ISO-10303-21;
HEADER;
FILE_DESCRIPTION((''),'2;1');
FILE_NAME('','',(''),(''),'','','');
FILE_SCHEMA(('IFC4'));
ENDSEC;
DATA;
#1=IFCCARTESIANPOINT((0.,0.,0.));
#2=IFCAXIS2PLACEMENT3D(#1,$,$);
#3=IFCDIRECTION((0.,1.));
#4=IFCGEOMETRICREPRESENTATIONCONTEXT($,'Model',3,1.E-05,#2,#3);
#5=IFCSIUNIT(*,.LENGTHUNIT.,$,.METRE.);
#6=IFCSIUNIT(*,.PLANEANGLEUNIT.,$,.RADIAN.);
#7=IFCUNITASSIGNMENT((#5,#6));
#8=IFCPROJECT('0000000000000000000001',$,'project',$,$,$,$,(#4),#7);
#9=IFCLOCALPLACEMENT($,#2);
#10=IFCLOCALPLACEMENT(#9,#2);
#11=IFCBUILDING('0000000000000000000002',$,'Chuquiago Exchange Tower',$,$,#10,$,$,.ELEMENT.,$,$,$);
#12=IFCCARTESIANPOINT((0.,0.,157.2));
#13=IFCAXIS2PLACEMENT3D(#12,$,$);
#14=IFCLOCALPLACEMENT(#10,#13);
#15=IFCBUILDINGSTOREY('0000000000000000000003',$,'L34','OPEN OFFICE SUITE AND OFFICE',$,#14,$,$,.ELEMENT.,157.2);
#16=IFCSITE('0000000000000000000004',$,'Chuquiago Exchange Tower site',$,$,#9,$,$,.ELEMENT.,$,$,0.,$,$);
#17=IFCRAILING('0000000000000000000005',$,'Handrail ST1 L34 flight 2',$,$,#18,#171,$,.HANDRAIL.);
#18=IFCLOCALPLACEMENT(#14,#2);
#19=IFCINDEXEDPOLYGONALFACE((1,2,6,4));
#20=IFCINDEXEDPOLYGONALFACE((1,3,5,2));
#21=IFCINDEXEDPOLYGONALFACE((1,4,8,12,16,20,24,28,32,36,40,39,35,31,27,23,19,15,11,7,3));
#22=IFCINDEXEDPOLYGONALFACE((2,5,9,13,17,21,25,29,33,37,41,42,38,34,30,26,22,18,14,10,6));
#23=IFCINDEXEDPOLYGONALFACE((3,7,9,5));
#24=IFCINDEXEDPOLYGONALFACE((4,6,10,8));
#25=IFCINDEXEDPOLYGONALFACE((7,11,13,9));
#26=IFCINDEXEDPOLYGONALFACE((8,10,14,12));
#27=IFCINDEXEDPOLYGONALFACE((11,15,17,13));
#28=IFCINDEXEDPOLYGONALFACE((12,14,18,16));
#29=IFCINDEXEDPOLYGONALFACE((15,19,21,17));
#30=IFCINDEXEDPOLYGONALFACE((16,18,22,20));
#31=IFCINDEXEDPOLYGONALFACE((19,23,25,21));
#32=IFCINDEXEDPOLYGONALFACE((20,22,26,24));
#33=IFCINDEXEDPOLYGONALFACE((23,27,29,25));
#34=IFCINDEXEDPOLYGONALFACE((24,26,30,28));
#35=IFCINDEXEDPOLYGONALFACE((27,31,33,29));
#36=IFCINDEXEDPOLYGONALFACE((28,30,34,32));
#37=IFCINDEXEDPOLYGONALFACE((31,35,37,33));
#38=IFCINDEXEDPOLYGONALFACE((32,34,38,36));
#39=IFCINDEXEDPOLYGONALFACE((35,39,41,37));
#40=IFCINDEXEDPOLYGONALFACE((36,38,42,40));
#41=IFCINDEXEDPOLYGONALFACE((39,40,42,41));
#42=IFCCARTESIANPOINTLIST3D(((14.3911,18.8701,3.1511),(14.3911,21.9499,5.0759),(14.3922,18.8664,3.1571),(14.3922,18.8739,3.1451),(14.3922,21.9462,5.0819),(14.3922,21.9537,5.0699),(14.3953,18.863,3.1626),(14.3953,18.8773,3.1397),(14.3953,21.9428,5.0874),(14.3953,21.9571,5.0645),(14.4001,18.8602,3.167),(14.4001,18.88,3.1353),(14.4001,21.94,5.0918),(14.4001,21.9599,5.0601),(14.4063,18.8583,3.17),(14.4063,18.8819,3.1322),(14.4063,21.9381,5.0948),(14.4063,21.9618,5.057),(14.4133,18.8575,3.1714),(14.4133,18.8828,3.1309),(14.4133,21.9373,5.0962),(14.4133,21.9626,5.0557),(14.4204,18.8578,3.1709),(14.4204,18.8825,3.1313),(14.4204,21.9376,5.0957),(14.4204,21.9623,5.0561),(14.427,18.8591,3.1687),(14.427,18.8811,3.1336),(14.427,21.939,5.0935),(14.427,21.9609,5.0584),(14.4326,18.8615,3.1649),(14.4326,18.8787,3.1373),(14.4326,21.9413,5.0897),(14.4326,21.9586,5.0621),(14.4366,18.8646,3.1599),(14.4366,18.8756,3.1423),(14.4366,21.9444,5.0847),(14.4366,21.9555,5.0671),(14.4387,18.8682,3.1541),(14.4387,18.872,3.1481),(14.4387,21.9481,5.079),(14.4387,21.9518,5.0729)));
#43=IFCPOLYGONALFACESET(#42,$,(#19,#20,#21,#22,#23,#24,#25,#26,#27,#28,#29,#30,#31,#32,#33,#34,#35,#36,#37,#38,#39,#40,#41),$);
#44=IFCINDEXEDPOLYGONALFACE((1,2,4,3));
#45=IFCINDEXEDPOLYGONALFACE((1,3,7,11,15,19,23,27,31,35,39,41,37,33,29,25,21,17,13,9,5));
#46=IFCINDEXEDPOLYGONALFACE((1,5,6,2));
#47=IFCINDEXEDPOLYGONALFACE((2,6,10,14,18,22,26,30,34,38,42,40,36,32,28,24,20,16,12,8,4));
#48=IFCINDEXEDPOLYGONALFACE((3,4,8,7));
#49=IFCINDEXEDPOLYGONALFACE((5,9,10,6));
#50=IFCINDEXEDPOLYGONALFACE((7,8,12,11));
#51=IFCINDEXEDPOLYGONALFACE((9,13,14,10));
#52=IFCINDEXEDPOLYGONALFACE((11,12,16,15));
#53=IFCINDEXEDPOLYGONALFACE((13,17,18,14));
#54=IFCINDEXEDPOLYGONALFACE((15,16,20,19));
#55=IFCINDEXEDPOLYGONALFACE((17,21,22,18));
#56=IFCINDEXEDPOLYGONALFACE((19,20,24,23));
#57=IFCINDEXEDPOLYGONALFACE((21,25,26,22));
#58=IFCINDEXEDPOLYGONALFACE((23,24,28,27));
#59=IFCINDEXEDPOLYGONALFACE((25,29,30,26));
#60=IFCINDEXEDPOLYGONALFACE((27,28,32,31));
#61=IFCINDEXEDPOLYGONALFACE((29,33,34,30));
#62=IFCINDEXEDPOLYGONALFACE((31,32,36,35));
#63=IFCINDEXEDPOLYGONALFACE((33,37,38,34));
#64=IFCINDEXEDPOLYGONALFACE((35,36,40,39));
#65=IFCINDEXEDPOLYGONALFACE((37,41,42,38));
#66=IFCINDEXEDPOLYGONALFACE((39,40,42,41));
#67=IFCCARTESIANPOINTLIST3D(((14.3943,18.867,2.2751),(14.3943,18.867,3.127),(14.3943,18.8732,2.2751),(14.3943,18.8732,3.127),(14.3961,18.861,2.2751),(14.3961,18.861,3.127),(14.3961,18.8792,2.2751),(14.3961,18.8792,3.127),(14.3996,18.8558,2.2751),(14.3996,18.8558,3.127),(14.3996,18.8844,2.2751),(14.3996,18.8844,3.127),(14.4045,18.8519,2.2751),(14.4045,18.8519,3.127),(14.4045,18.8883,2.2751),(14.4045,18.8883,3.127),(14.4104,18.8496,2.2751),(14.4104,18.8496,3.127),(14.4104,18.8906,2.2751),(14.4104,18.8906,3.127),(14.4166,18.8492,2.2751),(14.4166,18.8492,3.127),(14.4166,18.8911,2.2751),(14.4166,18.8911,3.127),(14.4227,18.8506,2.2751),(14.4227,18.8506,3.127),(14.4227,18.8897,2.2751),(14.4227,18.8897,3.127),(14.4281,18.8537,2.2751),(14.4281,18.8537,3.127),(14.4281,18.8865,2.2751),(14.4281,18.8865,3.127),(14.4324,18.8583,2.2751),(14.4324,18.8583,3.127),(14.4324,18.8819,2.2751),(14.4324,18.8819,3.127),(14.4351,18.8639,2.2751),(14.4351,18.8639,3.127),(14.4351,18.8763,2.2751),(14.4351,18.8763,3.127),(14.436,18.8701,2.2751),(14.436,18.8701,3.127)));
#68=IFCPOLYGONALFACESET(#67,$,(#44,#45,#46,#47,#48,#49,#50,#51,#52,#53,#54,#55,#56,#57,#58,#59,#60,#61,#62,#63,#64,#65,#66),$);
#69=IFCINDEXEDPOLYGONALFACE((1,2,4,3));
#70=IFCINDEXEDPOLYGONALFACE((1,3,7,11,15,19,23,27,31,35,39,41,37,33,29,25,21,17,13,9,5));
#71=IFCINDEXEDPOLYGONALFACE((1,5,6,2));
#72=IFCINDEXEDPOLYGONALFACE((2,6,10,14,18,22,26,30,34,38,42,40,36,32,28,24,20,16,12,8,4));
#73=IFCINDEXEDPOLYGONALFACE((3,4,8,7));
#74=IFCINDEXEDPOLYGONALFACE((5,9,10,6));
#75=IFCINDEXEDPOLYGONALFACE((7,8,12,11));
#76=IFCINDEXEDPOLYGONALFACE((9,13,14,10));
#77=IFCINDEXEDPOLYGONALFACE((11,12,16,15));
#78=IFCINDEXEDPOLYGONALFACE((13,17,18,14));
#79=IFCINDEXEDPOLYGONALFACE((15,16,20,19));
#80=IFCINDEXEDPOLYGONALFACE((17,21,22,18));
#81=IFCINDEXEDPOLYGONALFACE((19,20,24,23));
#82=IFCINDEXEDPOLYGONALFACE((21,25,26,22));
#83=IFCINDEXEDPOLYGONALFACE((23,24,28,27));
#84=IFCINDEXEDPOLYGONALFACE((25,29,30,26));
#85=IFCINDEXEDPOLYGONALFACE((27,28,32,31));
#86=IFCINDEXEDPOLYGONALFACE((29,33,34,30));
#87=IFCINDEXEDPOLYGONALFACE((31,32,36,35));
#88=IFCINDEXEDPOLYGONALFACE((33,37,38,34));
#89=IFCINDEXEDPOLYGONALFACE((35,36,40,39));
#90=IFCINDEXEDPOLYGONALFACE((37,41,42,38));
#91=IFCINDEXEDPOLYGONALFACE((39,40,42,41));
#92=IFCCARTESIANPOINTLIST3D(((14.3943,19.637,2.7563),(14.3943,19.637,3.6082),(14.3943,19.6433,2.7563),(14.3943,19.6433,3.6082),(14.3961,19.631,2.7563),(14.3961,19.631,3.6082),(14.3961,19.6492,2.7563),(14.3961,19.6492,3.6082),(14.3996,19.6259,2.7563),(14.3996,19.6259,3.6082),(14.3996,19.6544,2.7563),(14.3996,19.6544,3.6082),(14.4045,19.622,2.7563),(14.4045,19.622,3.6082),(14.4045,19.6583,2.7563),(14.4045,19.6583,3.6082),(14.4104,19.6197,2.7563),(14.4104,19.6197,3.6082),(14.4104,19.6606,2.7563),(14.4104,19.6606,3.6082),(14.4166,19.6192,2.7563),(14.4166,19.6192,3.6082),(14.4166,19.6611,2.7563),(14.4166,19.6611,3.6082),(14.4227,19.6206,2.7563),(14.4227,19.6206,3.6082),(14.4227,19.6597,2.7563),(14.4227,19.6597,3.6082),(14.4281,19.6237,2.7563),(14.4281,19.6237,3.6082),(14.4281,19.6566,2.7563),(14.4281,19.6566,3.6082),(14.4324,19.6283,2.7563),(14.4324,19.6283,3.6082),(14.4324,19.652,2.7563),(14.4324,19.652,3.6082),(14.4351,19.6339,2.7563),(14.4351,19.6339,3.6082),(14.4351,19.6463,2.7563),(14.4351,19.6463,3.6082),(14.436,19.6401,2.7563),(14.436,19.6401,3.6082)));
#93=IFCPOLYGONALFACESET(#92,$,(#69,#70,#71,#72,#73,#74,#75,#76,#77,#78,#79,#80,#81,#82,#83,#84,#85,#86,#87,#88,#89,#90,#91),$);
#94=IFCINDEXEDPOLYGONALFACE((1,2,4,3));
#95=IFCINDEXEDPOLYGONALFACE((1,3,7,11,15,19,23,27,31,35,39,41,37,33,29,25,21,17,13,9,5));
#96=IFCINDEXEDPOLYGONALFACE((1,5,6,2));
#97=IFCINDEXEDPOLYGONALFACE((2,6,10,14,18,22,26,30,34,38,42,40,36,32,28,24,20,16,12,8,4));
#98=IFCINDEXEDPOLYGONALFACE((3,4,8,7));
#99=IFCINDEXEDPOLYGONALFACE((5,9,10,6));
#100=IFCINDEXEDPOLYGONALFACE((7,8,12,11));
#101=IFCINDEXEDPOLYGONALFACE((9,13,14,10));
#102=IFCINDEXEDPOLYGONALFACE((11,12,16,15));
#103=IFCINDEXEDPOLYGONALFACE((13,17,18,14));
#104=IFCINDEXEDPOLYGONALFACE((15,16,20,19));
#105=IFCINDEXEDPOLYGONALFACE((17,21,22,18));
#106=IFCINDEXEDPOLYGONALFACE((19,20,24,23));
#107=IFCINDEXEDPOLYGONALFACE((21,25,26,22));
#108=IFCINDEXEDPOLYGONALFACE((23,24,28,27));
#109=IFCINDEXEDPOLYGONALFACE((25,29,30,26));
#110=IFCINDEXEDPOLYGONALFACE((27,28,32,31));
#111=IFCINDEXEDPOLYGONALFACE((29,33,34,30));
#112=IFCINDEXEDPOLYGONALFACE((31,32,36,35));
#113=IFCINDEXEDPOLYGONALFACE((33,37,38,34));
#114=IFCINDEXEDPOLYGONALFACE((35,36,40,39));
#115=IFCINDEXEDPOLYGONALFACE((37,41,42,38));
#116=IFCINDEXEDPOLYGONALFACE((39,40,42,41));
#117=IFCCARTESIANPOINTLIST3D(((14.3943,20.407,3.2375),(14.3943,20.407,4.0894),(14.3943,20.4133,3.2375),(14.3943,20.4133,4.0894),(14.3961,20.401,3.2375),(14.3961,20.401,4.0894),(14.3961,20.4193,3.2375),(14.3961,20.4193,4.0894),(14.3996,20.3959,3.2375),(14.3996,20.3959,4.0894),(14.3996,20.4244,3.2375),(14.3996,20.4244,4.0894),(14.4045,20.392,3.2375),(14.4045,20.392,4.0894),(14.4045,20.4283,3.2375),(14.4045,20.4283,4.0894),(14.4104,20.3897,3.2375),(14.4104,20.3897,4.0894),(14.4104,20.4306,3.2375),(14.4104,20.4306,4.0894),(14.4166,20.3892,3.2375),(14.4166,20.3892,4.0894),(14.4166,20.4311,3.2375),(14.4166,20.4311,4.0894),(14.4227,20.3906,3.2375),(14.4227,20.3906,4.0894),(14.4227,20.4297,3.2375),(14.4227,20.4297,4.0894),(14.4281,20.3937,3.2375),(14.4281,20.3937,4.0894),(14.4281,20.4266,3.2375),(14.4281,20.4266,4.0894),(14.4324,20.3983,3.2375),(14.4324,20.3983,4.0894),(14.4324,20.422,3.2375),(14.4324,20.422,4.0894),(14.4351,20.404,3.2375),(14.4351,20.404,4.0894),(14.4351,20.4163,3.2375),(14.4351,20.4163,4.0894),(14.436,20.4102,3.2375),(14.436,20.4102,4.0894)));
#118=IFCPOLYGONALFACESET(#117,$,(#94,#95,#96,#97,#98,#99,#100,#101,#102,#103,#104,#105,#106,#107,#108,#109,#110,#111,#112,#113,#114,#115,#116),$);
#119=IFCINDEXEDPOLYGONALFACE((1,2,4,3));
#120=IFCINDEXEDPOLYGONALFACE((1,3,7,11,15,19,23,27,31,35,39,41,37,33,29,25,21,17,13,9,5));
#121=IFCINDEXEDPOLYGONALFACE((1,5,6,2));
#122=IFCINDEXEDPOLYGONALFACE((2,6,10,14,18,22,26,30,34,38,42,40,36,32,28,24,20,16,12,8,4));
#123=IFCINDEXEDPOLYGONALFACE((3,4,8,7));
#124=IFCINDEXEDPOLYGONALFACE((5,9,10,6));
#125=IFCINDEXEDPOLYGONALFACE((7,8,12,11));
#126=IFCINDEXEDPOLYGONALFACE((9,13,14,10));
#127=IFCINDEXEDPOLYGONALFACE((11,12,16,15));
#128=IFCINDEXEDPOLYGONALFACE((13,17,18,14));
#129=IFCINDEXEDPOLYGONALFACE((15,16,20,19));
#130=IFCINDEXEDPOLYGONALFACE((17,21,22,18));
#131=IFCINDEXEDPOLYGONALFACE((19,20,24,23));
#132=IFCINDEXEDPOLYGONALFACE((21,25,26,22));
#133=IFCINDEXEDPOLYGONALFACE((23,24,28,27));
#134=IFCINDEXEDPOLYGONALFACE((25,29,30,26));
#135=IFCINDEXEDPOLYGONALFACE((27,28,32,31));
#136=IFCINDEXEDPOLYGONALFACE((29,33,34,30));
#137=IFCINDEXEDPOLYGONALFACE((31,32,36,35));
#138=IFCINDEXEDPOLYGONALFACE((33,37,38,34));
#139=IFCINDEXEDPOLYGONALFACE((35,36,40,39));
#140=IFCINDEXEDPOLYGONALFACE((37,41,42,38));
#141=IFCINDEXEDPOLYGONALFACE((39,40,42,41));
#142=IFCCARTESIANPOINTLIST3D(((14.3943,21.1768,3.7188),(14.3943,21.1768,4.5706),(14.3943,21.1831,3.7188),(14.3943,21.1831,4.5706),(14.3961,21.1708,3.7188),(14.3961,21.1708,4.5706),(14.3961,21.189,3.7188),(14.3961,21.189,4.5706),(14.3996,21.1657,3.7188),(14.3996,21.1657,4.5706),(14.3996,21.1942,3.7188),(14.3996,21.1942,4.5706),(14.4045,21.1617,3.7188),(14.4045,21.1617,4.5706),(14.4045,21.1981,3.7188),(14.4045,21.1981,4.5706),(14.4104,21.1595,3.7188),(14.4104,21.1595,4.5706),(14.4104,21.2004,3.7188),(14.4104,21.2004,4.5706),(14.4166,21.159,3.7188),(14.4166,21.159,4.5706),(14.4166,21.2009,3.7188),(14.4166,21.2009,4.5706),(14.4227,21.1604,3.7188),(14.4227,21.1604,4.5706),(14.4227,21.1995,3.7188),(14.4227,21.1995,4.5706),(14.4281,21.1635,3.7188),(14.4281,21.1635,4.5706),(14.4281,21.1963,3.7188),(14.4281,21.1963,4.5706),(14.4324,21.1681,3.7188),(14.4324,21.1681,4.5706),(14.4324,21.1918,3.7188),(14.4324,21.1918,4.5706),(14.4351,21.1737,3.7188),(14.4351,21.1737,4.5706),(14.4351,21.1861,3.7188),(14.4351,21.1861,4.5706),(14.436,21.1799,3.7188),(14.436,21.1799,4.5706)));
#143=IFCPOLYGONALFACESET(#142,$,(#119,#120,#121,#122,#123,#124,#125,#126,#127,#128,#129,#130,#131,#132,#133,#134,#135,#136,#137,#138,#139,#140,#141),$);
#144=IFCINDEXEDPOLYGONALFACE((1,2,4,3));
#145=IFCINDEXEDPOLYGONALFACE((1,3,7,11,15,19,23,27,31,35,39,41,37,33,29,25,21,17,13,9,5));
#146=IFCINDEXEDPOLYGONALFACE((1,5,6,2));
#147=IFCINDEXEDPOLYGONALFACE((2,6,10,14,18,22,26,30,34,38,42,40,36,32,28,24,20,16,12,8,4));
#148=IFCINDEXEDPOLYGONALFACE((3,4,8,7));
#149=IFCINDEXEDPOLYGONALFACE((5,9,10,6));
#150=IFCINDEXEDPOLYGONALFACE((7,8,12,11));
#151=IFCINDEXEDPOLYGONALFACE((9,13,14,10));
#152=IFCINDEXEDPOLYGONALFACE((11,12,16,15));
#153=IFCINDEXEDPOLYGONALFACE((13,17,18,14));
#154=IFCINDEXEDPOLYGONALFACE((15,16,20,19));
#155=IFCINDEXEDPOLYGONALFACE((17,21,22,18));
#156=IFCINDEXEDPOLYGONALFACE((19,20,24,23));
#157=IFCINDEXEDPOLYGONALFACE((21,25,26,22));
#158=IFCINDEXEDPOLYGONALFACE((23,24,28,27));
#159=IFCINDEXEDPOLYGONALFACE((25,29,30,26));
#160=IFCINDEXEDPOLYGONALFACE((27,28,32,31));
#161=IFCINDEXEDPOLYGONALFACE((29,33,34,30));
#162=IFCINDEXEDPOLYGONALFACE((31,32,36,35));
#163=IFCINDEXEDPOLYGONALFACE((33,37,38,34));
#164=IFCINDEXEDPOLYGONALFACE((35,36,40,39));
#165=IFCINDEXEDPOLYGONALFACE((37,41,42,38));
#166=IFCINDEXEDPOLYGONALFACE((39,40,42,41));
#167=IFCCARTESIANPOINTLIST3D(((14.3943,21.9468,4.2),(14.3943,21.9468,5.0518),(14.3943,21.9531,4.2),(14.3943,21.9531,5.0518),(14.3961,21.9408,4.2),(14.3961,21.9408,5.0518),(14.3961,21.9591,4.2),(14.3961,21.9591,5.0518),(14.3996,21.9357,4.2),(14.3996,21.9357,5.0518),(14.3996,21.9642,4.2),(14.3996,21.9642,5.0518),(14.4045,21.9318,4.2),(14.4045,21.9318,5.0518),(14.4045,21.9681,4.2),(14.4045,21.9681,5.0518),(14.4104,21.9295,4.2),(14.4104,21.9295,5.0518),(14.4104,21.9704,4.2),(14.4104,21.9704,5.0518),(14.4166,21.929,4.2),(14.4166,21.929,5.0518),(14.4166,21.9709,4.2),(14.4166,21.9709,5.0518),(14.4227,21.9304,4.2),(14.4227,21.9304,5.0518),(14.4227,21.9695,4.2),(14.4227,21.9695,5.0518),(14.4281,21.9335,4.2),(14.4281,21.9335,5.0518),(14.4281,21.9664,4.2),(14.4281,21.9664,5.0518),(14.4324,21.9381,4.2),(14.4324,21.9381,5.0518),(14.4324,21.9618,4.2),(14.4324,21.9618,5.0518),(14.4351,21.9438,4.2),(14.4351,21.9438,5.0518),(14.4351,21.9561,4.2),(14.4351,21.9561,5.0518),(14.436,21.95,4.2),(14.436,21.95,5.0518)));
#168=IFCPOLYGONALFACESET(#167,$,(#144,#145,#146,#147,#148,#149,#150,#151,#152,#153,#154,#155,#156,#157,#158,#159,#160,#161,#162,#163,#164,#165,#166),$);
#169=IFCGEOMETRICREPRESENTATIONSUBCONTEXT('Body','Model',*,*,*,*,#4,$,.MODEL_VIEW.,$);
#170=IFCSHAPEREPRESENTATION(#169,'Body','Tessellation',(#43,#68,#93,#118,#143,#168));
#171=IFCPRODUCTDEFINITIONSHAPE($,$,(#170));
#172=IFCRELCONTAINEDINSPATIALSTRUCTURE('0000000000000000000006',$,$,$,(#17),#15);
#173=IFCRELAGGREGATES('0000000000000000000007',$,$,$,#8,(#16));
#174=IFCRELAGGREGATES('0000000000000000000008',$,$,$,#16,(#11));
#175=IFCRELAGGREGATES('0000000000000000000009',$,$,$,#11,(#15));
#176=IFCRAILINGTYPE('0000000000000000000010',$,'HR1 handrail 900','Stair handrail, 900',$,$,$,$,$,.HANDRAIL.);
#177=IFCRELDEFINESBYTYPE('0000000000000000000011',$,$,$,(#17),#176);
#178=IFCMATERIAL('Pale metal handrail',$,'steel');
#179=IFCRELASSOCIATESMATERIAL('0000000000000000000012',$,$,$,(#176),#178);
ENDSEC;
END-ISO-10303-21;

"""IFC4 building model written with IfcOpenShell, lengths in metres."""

from ifc_helpers import new_model, si_unit, direction, frame, origin, origin_2d, place, context, subcontext, project, spatial, circle, extrude, material, type_object, element, save


model = new_model("IFC4")

# Units and contexts
model_context = context("Model", 3, precision=1e-05, world=origin(), true_north=direction((0.0, 1.0)))
body_context = subcontext(model_context, "Body", "Model", "MODEL_VIEW")
ifc_project = project(units=[si_unit("LENGTHUNIT", "METRE"), si_unit("PLANEANGLEUNIT", "RADIAN")], contexts=[model_context])

# Site, building, storey
site_placement = place(None, origin())
site = spatial("IfcSite", under=ifc_project, at=site_placement, Name="Chuquiago Exchange Tower site", CompositionType="ELEMENT", RefElevation=0.0)
building_placement = place(site_placement, origin())
building = spatial("IfcBuilding", under=site, at=building_placement, Name="Chuquiago Exchange Tower", CompositionType="ELEMENT")
storey_placement = place(building_placement, frame((0.0, 0.0, 157.2)))
storey = spatial("IfcBuildingStorey", under=building, at=storey_placement, Name="L34", Description="OPEN OFFICE SUITE AND OFFICE", CompositionType="ELEMENT", Elevation=157.2)

# Railing
ifc_material_1 = material(Name="Pale metal handrail", Category="steel")
railing_type_1 = type_object("IfcRailingType", Name="HR1 handrail 900", Description="Stair handrail, 900", PredefinedType="HANDRAIL", material=ifc_material_1)
for number, where, name in (
    (1, (14.415, 18.8701, 2.2751), "Handrail ST1 L34 flight 2"),
):
    element("IfcRailing", number, at=place(storey_placement, frame(where)), inside=storey, type_object=railing_type_1, Name=name, PredefinedType="HANDRAIL", context=body_context, shape_type="SweptSolid", body=[
        extrude(circle(Radius=0.0239, at=origin_2d()), frame((0.0, 0.0, 0.876), z_axis=(0.0, 0.84801, 0.529981), x_axis=(-1.0, 0.0, 0.0)), (0.0, 0.0, 1.0), 3.6318),
        extrude(circle(Radius=0.021, at=origin_2d()), origin(), (0.0, 0.0, 1.0), 0.8518),
        extrude(circle(Radius=0.021, at=origin_2d()), frame((0.0, 0.77, 0.4812)), (0.0, 0.0, 1.0), 0.8518),
        extrude(circle(Radius=0.021, at=origin_2d()), frame((0.0, 1.54, 0.9624)), (0.0, 0.0, 1.0), 0.8518),
        extrude(circle(Radius=0.021, at=origin_2d()), frame((0.0, 2.3098, 1.4436)), (0.0, 0.0, 1.0), 0.8518),
        extrude(circle(Radius=0.021, at=origin_2d()), frame((0.0, 3.0798, 1.9248)), (0.0, 0.0, 1.0), 0.8518),
    ])

save(model, "model.ifc")
